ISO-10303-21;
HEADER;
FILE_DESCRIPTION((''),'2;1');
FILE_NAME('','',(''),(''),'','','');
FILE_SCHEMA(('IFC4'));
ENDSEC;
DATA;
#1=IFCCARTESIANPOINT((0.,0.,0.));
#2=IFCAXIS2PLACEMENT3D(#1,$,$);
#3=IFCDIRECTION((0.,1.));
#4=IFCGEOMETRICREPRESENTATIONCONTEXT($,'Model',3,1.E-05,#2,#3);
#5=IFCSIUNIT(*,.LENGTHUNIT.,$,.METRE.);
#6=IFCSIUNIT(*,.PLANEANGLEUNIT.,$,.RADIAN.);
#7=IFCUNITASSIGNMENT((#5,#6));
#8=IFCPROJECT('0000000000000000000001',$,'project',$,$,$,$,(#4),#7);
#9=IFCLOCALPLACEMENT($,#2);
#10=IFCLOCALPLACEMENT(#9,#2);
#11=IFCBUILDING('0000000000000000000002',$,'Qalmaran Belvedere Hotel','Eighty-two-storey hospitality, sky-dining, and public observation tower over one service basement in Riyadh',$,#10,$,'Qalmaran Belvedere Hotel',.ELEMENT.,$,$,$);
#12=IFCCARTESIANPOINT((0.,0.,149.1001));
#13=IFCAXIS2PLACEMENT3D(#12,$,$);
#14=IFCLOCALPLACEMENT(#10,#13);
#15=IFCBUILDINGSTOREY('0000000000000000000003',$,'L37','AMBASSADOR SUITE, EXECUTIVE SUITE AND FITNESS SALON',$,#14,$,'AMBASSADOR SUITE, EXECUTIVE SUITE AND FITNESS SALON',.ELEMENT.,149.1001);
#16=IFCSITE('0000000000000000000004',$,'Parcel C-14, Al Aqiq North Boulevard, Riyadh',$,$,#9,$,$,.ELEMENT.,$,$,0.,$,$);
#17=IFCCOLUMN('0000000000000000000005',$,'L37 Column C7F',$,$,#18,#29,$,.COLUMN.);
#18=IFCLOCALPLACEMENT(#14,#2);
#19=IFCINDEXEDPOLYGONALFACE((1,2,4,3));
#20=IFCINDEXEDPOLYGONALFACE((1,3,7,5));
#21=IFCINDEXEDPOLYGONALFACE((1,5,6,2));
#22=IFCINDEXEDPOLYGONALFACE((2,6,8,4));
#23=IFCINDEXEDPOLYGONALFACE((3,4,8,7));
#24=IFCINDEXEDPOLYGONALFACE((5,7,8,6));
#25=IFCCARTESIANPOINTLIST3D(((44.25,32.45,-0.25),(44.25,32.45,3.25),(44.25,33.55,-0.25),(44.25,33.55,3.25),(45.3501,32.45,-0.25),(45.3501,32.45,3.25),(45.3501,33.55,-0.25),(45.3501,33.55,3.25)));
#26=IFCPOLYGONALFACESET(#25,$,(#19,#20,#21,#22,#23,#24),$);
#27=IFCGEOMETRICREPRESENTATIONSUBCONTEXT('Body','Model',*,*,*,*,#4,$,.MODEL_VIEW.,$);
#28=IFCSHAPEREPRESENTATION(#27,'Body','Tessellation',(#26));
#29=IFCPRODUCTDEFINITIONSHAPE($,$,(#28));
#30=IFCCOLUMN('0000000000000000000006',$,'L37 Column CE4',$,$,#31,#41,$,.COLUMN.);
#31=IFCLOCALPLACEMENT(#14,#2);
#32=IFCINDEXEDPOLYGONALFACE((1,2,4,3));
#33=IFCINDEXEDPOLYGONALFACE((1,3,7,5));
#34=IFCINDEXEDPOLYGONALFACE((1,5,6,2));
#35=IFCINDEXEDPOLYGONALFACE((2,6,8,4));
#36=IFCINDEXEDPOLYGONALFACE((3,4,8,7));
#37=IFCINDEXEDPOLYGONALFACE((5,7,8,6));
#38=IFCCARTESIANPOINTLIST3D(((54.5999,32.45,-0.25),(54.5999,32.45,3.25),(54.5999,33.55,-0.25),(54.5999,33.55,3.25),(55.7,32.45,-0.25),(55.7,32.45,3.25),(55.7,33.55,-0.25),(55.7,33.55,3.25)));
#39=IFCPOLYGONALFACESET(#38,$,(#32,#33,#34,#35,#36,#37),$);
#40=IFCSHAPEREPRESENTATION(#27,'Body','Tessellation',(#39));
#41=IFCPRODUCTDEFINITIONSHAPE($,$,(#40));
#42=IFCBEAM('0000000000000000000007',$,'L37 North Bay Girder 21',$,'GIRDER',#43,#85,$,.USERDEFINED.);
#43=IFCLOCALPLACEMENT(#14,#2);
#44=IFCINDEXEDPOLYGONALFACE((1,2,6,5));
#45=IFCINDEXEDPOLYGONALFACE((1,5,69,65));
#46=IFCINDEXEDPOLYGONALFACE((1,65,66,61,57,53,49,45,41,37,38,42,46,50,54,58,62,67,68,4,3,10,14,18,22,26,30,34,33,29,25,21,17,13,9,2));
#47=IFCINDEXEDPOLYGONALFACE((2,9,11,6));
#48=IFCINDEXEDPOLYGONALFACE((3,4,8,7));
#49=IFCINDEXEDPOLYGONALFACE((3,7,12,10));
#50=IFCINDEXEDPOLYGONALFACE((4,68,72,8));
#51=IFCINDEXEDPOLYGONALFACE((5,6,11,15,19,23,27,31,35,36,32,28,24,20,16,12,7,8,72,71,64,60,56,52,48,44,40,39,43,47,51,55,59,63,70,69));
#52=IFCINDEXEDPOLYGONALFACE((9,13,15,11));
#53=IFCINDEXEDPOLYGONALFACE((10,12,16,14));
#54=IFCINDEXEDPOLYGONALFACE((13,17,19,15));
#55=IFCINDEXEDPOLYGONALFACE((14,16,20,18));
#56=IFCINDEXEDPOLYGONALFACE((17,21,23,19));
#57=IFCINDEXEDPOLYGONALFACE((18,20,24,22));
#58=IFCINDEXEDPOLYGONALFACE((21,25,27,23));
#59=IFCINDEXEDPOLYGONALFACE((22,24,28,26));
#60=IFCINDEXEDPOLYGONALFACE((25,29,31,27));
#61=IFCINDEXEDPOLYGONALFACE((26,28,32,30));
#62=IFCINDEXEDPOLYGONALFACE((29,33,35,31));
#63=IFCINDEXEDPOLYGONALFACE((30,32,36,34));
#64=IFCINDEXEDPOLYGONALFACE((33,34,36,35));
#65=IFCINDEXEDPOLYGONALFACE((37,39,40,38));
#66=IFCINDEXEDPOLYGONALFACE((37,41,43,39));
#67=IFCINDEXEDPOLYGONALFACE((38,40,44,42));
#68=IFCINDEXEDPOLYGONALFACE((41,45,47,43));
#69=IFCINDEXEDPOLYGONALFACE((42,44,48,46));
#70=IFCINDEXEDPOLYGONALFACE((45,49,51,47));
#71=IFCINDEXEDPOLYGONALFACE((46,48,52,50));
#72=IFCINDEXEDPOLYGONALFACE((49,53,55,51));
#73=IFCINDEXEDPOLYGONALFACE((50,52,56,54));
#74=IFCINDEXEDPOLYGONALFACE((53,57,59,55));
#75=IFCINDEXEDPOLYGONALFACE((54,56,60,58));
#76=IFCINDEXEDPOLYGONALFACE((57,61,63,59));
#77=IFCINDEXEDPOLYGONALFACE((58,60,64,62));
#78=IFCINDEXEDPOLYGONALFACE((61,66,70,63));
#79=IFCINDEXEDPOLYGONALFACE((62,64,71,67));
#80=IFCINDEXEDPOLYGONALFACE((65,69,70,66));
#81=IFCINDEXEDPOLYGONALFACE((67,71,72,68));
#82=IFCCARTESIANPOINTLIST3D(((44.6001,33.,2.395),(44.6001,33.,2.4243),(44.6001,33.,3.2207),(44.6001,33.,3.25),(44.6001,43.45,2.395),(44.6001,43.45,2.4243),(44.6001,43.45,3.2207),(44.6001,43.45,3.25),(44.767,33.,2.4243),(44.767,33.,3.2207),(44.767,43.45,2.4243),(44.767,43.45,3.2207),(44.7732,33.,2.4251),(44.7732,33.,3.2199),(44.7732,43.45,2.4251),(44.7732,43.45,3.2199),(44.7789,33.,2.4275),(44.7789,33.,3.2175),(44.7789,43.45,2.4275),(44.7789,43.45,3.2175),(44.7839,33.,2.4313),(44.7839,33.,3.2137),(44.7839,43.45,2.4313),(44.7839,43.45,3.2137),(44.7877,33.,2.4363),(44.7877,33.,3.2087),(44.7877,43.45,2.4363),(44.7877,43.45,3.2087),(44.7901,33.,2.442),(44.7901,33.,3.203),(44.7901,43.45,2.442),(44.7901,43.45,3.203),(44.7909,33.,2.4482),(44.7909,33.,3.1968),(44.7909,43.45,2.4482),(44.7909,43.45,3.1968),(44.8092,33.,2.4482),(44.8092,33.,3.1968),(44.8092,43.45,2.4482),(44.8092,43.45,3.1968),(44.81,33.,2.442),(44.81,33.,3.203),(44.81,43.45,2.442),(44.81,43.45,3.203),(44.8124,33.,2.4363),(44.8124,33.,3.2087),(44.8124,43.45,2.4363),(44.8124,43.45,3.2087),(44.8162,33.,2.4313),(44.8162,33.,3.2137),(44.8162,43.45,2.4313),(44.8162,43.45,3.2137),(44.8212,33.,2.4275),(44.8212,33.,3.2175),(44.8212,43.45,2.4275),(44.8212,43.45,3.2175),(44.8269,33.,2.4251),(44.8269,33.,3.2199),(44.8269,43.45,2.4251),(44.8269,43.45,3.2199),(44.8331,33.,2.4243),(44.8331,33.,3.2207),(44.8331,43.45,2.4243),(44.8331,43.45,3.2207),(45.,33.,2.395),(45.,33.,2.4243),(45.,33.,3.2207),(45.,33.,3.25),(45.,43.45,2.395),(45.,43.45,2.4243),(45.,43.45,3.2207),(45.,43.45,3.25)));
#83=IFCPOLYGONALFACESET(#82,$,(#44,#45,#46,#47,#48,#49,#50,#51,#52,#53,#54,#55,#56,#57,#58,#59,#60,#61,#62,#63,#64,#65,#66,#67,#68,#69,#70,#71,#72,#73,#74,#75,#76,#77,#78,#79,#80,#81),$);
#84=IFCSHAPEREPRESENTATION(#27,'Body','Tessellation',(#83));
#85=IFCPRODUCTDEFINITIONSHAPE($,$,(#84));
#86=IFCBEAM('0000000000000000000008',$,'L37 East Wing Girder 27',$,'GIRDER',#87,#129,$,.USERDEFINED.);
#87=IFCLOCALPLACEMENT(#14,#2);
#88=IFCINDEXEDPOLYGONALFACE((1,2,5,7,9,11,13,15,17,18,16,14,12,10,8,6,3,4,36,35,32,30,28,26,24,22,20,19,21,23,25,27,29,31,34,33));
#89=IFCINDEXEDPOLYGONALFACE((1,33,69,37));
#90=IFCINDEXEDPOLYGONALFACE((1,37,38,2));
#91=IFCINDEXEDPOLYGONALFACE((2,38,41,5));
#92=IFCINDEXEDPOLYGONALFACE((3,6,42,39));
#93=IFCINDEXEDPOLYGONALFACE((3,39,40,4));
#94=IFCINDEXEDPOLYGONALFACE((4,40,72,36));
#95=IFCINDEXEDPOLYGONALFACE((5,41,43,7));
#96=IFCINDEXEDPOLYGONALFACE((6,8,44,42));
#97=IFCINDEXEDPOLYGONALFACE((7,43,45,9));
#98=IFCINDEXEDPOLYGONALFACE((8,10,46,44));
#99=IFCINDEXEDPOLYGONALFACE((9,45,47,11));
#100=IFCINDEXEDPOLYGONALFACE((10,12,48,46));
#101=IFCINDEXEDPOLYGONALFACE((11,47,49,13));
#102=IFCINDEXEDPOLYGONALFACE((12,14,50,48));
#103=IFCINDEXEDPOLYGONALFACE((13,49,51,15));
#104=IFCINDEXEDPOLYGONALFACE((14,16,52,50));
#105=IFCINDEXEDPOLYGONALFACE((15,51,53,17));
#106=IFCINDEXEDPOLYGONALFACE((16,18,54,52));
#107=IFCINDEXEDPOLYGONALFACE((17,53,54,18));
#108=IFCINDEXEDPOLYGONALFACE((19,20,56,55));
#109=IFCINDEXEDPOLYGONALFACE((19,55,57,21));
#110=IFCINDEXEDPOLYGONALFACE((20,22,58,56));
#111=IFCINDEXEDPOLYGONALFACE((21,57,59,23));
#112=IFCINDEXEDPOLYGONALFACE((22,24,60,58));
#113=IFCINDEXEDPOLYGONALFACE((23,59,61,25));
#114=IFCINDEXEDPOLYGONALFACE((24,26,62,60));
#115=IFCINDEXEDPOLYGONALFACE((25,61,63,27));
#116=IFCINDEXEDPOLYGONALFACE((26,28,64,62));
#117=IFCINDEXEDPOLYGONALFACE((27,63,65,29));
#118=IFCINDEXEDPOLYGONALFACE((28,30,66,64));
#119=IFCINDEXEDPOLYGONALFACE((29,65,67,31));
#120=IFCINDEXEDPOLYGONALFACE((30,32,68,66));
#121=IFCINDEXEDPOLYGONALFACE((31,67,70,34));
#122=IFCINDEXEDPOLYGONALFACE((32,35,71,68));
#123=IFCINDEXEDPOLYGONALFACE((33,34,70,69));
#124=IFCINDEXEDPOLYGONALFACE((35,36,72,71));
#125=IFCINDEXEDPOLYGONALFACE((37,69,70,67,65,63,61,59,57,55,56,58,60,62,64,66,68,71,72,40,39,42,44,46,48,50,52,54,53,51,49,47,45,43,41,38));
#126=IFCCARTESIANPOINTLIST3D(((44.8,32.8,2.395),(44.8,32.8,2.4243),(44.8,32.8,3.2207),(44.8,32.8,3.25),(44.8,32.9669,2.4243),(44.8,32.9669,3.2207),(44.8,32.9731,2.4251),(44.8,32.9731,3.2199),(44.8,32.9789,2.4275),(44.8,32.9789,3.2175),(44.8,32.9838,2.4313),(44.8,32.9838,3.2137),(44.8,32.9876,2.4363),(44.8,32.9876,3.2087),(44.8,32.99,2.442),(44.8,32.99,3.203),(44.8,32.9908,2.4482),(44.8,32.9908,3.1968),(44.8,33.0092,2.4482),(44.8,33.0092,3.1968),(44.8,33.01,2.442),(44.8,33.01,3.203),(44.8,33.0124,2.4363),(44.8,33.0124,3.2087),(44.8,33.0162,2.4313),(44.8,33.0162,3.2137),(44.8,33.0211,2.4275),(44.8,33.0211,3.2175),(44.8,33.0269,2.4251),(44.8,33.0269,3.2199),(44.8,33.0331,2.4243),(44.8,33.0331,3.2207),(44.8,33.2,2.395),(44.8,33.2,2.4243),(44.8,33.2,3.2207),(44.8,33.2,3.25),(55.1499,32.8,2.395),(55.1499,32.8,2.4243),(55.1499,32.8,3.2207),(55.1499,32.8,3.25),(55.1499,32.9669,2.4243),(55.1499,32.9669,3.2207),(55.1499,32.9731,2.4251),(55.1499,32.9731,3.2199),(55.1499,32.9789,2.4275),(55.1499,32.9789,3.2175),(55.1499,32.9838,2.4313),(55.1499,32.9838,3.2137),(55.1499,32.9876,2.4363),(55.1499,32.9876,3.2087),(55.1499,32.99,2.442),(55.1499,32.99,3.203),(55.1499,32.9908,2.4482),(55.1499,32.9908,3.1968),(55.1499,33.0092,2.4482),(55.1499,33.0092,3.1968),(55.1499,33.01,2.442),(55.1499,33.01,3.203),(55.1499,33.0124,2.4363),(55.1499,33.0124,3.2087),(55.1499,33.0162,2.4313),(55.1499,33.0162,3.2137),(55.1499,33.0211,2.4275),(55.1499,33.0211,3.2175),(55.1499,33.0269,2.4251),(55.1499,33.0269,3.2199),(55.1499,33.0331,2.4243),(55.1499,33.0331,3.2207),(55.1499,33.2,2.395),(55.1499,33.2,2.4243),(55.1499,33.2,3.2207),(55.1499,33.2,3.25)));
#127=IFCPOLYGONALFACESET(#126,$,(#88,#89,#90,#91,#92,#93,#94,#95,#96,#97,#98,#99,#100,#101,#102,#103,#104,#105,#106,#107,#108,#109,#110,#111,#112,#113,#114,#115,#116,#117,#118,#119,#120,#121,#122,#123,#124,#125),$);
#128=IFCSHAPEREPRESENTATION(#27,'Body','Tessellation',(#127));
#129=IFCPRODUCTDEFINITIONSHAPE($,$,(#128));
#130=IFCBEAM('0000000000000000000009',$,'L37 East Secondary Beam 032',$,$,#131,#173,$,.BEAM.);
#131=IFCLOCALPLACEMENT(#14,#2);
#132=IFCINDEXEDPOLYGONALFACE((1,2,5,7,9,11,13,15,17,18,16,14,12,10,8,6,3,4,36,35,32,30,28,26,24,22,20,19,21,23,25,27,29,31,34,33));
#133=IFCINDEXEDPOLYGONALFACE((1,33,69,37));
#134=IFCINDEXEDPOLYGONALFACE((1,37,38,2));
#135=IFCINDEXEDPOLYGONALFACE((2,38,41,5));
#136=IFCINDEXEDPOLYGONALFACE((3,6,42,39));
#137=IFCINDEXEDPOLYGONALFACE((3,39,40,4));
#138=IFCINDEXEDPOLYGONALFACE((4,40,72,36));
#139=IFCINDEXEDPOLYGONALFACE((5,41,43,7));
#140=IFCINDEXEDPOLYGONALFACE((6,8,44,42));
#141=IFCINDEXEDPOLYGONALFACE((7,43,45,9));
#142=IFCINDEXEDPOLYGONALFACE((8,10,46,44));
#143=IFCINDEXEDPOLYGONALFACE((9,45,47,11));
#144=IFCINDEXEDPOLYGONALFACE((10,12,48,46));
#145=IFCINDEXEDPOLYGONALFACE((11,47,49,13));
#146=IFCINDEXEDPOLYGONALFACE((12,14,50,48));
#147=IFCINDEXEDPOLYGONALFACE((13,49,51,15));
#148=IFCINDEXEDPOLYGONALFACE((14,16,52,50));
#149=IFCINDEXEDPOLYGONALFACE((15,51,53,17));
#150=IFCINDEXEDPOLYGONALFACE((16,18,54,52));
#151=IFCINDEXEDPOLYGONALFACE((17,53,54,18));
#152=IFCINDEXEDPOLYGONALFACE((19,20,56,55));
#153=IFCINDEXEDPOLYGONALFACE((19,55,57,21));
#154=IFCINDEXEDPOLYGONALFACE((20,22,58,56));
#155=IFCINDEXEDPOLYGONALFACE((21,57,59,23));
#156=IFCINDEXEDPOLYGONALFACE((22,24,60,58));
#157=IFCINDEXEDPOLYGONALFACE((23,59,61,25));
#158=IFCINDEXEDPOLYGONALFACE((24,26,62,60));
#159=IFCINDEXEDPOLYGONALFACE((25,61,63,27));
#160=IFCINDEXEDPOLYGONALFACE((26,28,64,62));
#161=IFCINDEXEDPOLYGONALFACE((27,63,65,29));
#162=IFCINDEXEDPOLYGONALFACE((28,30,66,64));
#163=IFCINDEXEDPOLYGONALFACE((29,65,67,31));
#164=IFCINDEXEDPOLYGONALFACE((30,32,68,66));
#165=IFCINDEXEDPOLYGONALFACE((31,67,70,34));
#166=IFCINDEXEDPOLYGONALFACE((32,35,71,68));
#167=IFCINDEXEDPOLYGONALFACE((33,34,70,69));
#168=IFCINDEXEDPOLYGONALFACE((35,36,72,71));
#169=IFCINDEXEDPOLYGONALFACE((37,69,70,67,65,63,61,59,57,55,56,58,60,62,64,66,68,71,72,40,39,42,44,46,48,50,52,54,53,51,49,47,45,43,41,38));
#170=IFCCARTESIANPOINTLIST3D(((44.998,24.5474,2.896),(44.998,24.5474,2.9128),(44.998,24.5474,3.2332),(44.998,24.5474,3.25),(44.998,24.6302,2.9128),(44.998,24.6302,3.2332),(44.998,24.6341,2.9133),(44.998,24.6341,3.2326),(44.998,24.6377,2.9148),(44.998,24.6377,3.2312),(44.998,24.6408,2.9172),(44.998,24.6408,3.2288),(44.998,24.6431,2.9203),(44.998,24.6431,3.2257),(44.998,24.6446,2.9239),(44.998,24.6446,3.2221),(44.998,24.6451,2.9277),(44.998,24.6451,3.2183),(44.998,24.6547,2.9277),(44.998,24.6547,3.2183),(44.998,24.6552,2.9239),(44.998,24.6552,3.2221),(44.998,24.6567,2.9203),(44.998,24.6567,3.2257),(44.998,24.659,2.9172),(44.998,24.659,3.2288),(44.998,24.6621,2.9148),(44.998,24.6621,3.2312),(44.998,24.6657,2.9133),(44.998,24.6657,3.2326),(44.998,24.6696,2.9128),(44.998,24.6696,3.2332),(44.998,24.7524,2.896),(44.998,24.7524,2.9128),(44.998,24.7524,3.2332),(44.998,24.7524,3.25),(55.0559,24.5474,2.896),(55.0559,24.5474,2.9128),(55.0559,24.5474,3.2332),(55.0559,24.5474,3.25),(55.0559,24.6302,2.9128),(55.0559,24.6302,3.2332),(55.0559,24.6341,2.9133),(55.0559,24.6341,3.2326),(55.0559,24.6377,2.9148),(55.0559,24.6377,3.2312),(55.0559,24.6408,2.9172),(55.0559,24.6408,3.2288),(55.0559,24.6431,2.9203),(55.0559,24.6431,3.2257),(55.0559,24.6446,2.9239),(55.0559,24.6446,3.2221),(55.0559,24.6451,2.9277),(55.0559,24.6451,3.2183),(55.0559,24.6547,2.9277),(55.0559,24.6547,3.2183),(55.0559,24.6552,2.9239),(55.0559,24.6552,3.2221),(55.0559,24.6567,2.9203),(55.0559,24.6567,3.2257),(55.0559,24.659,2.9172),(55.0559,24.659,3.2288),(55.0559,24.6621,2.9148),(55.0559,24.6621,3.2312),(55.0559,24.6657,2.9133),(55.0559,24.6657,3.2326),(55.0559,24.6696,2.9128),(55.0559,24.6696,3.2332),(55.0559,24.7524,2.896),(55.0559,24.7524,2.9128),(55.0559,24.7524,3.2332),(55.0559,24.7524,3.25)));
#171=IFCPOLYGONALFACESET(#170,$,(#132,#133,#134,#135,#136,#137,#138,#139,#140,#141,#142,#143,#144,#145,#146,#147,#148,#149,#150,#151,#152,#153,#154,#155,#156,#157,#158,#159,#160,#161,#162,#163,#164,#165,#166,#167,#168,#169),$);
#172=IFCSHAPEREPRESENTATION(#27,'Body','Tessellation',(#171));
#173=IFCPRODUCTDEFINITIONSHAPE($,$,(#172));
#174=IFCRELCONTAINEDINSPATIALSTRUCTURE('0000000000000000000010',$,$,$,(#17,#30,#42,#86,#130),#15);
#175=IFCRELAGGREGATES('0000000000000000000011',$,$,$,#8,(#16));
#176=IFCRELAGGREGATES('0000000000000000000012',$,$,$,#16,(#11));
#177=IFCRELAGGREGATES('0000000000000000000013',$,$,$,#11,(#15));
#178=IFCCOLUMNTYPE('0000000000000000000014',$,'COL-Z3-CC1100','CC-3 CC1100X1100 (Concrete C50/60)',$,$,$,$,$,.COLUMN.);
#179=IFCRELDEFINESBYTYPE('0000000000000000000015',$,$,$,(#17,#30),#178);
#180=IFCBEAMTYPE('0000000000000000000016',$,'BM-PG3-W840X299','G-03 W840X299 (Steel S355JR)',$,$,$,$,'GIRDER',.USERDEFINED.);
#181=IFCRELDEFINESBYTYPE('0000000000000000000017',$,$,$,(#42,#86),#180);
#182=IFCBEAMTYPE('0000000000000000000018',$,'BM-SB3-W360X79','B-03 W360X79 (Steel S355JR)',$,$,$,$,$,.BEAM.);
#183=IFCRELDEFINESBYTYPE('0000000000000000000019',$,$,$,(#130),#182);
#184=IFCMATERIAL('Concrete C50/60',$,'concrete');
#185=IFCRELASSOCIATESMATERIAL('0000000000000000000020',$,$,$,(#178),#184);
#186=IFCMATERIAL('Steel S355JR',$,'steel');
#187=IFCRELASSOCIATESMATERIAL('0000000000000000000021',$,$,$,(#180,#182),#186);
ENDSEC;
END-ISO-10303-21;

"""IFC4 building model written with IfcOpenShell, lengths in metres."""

from ifc_helpers import new_model, si_unit, direction, frame, origin, origin_2d, place, context, subcontext, project, spatial, rectangle, i_section, extrude, material, material_profile, profile_set, type_object, element, save


model = new_model("IFC4")

# Units and contexts
model_context = context("Model", 3, precision=1e-05, world=origin(), true_north=direction((0.0, 1.0)))
body_context = subcontext(model_context, "Body", "Model", "MODEL_VIEW")
ifc_project = project(units=[si_unit("LENGTHUNIT", "METRE"), si_unit("PLANEANGLEUNIT", "RADIAN")], contexts=[model_context])

# Site, building, storey
site_placement = place(None, origin())
site = spatial("IfcSite", under=ifc_project, at=site_placement, Name="Parcel C-14, Al Aqiq North Boulevard, Riyadh", CompositionType="ELEMENT", RefElevation=0.0)
building_placement = place(site_placement, origin())
building = spatial("IfcBuilding", under=site, at=building_placement, Name="Qalmaran Belvedere Hotel", Description="Eighty-two-storey hospitality, sky-dining, and public observation tower over one service basement in Riyadh", LongName="Qalmaran Belvedere Hotel", CompositionType="ELEMENT")
storey_placement = place(building_placement, frame((0.0, 0.0, 149.1001)))
storey = spatial("IfcBuildingStorey", under=building, at=storey_placement, Name="L37", Description="AMBASSADOR SUITE, EXECUTIVE SUITE AND FITNESS SALON", LongName="AMBASSADOR SUITE, EXECUTIVE SUITE AND FITNESS SALON", CompositionType="ELEMENT", Elevation=149.1001)

# Columns
ifc_material_1 = material(Name="Concrete C50/60", Category="concrete")
ifc_material_profile_1 = material_profile(ifc_material_1, rectangle(XDim=1.1001, YDim=1.1001, at=origin_2d()), Name="CC1100X1100")
ifc_profile_set_1 = profile_set([ifc_material_profile_1], Name="Concrete C50/60")
column_type = type_object("IfcColumnType", Name="COL-Z3-CC1100", Description="CC-3 CC1100X1100 (Concrete C50/60)", PredefinedType="COLUMN", material=ifc_profile_set_1)
for number, where, z_axis, x_axis, name in (
    (1, (44.8, 33.0, -0.25), (0.0, 0.0, 1.0), (1.0, 0.0, 0.0), "L37 Column C7F"),
    (2, (55.1499, 33.0, -0.25), (0.0, 0.0, 1.0), (1.0, 0.0, 0.0), "L37 Column CE4"),
):
    element("IfcColumn", number, at=place(storey_placement, frame(where, z_axis=z_axis, x_axis=x_axis)), inside=storey, type_object=column_type, Name=name, PredefinedType="COLUMN", context=body_context, shape_type="SweptSolid", body=[
        extrude(rectangle(XDim=1.1001, YDim=1.1001, at=origin_2d()), origin(), (0.0, 0.0, 1.0), 3.5),
    ])

# Beams
ifc_material_2 = material(Name="Steel S355JR", Category="steel")
ifc_material_profile_2 = material_profile(ifc_material_2, i_section(OverallWidth=0.3999, OverallDepth=0.855, WebThickness=0.0183, FlangeThickness=0.0293, FilletRadius=0.0239, at=origin_2d()), Name="W840X299")
ifc_profile_set_2 = profile_set([ifc_material_profile_2], Name="Steel S355JR")
beam_type_1 = type_object("IfcBeamType", Name="BM-PG3-W840X299", Description="G-03 W840X299 (Steel S355JR)", ElementType="GIRDER", PredefinedType="USERDEFINED", material=ifc_profile_set_2)
beam_1_placement = place(storey_placement, frame((44.8, 33.0, 2.8225), z_axis=(0.0, 1.0, 0.0), x_axis=(-1.0, 0.0, 0.0)))
element("IfcBeam", 3, at=beam_1_placement, inside=storey, type_object=beam_type_1, Name="L37 North Bay Girder 21", ObjectType="GIRDER", PredefinedType="USERDEFINED", context=body_context, shape_type="SweptSolid", body=[
    extrude(i_section(OverallWidth=0.3999, OverallDepth=0.855, WebThickness=0.0183, FlangeThickness=0.0293, FilletRadius=0.0239, at=origin_2d()), origin(), (0.0, 0.0, 1.0), 10.45),
])
beam_2_placement = place(storey_placement, frame((44.8, 33.0, 2.8225), z_axis=(1.0, 0.0, 0.0), x_axis=(0.0, 1.0, 0.0)))
element("IfcBeam", 4, at=beam_2_placement, inside=storey, type_object=beam_type_1, Name="L37 East Wing Girder 27", ObjectType="GIRDER", PredefinedType="USERDEFINED", context=body_context, shape_type="SweptSolid", body=[
    extrude(i_section(OverallWidth=0.3999, OverallDepth=0.855, WebThickness=0.0183, FlangeThickness=0.0293, FilletRadius=0.0239, at=origin_2d()), origin(), (0.0, 0.0, 1.0), 10.3499),
])
ifc_material_profile_3 = material_profile(ifc_material_2, i_section(OverallWidth=0.2051, OverallDepth=0.354, WebThickness=0.0095, FlangeThickness=0.0168, FilletRadius=0.0149, at=origin_2d()), Name="W360X79")
ifc_profile_set_3 = profile_set([ifc_material_profile_3], Name="Steel S355JR")
beam_type_2 = type_object("IfcBeamType", Name="BM-SB3-W360X79", Description="B-03 W360X79 (Steel S355JR)", PredefinedType="BEAM", material=ifc_profile_set_3)
for number, where, z_axis, x_axis, name in (
    (5, (44.998, 24.6499, 3.073), (1.0, 0.0, 0.0), (0.0, 1.0, 0.0), "L37 East Secondary Beam 032"),
):
    element("IfcBeam", number, at=place(storey_placement, frame(where, z_axis=z_axis, x_axis=x_axis)), inside=storey, type_object=beam_type_2, Name=name, PredefinedType="BEAM", context=body_context, shape_type="SweptSolid", body=[
        extrude(i_section(OverallWidth=0.2051, OverallDepth=0.354, WebThickness=0.0095, FlangeThickness=0.0168, FilletRadius=0.0149, at=origin_2d()), origin(), (0.0, 0.0, 1.0), 10.0579),
    ])

save(model, "model.ifc")
